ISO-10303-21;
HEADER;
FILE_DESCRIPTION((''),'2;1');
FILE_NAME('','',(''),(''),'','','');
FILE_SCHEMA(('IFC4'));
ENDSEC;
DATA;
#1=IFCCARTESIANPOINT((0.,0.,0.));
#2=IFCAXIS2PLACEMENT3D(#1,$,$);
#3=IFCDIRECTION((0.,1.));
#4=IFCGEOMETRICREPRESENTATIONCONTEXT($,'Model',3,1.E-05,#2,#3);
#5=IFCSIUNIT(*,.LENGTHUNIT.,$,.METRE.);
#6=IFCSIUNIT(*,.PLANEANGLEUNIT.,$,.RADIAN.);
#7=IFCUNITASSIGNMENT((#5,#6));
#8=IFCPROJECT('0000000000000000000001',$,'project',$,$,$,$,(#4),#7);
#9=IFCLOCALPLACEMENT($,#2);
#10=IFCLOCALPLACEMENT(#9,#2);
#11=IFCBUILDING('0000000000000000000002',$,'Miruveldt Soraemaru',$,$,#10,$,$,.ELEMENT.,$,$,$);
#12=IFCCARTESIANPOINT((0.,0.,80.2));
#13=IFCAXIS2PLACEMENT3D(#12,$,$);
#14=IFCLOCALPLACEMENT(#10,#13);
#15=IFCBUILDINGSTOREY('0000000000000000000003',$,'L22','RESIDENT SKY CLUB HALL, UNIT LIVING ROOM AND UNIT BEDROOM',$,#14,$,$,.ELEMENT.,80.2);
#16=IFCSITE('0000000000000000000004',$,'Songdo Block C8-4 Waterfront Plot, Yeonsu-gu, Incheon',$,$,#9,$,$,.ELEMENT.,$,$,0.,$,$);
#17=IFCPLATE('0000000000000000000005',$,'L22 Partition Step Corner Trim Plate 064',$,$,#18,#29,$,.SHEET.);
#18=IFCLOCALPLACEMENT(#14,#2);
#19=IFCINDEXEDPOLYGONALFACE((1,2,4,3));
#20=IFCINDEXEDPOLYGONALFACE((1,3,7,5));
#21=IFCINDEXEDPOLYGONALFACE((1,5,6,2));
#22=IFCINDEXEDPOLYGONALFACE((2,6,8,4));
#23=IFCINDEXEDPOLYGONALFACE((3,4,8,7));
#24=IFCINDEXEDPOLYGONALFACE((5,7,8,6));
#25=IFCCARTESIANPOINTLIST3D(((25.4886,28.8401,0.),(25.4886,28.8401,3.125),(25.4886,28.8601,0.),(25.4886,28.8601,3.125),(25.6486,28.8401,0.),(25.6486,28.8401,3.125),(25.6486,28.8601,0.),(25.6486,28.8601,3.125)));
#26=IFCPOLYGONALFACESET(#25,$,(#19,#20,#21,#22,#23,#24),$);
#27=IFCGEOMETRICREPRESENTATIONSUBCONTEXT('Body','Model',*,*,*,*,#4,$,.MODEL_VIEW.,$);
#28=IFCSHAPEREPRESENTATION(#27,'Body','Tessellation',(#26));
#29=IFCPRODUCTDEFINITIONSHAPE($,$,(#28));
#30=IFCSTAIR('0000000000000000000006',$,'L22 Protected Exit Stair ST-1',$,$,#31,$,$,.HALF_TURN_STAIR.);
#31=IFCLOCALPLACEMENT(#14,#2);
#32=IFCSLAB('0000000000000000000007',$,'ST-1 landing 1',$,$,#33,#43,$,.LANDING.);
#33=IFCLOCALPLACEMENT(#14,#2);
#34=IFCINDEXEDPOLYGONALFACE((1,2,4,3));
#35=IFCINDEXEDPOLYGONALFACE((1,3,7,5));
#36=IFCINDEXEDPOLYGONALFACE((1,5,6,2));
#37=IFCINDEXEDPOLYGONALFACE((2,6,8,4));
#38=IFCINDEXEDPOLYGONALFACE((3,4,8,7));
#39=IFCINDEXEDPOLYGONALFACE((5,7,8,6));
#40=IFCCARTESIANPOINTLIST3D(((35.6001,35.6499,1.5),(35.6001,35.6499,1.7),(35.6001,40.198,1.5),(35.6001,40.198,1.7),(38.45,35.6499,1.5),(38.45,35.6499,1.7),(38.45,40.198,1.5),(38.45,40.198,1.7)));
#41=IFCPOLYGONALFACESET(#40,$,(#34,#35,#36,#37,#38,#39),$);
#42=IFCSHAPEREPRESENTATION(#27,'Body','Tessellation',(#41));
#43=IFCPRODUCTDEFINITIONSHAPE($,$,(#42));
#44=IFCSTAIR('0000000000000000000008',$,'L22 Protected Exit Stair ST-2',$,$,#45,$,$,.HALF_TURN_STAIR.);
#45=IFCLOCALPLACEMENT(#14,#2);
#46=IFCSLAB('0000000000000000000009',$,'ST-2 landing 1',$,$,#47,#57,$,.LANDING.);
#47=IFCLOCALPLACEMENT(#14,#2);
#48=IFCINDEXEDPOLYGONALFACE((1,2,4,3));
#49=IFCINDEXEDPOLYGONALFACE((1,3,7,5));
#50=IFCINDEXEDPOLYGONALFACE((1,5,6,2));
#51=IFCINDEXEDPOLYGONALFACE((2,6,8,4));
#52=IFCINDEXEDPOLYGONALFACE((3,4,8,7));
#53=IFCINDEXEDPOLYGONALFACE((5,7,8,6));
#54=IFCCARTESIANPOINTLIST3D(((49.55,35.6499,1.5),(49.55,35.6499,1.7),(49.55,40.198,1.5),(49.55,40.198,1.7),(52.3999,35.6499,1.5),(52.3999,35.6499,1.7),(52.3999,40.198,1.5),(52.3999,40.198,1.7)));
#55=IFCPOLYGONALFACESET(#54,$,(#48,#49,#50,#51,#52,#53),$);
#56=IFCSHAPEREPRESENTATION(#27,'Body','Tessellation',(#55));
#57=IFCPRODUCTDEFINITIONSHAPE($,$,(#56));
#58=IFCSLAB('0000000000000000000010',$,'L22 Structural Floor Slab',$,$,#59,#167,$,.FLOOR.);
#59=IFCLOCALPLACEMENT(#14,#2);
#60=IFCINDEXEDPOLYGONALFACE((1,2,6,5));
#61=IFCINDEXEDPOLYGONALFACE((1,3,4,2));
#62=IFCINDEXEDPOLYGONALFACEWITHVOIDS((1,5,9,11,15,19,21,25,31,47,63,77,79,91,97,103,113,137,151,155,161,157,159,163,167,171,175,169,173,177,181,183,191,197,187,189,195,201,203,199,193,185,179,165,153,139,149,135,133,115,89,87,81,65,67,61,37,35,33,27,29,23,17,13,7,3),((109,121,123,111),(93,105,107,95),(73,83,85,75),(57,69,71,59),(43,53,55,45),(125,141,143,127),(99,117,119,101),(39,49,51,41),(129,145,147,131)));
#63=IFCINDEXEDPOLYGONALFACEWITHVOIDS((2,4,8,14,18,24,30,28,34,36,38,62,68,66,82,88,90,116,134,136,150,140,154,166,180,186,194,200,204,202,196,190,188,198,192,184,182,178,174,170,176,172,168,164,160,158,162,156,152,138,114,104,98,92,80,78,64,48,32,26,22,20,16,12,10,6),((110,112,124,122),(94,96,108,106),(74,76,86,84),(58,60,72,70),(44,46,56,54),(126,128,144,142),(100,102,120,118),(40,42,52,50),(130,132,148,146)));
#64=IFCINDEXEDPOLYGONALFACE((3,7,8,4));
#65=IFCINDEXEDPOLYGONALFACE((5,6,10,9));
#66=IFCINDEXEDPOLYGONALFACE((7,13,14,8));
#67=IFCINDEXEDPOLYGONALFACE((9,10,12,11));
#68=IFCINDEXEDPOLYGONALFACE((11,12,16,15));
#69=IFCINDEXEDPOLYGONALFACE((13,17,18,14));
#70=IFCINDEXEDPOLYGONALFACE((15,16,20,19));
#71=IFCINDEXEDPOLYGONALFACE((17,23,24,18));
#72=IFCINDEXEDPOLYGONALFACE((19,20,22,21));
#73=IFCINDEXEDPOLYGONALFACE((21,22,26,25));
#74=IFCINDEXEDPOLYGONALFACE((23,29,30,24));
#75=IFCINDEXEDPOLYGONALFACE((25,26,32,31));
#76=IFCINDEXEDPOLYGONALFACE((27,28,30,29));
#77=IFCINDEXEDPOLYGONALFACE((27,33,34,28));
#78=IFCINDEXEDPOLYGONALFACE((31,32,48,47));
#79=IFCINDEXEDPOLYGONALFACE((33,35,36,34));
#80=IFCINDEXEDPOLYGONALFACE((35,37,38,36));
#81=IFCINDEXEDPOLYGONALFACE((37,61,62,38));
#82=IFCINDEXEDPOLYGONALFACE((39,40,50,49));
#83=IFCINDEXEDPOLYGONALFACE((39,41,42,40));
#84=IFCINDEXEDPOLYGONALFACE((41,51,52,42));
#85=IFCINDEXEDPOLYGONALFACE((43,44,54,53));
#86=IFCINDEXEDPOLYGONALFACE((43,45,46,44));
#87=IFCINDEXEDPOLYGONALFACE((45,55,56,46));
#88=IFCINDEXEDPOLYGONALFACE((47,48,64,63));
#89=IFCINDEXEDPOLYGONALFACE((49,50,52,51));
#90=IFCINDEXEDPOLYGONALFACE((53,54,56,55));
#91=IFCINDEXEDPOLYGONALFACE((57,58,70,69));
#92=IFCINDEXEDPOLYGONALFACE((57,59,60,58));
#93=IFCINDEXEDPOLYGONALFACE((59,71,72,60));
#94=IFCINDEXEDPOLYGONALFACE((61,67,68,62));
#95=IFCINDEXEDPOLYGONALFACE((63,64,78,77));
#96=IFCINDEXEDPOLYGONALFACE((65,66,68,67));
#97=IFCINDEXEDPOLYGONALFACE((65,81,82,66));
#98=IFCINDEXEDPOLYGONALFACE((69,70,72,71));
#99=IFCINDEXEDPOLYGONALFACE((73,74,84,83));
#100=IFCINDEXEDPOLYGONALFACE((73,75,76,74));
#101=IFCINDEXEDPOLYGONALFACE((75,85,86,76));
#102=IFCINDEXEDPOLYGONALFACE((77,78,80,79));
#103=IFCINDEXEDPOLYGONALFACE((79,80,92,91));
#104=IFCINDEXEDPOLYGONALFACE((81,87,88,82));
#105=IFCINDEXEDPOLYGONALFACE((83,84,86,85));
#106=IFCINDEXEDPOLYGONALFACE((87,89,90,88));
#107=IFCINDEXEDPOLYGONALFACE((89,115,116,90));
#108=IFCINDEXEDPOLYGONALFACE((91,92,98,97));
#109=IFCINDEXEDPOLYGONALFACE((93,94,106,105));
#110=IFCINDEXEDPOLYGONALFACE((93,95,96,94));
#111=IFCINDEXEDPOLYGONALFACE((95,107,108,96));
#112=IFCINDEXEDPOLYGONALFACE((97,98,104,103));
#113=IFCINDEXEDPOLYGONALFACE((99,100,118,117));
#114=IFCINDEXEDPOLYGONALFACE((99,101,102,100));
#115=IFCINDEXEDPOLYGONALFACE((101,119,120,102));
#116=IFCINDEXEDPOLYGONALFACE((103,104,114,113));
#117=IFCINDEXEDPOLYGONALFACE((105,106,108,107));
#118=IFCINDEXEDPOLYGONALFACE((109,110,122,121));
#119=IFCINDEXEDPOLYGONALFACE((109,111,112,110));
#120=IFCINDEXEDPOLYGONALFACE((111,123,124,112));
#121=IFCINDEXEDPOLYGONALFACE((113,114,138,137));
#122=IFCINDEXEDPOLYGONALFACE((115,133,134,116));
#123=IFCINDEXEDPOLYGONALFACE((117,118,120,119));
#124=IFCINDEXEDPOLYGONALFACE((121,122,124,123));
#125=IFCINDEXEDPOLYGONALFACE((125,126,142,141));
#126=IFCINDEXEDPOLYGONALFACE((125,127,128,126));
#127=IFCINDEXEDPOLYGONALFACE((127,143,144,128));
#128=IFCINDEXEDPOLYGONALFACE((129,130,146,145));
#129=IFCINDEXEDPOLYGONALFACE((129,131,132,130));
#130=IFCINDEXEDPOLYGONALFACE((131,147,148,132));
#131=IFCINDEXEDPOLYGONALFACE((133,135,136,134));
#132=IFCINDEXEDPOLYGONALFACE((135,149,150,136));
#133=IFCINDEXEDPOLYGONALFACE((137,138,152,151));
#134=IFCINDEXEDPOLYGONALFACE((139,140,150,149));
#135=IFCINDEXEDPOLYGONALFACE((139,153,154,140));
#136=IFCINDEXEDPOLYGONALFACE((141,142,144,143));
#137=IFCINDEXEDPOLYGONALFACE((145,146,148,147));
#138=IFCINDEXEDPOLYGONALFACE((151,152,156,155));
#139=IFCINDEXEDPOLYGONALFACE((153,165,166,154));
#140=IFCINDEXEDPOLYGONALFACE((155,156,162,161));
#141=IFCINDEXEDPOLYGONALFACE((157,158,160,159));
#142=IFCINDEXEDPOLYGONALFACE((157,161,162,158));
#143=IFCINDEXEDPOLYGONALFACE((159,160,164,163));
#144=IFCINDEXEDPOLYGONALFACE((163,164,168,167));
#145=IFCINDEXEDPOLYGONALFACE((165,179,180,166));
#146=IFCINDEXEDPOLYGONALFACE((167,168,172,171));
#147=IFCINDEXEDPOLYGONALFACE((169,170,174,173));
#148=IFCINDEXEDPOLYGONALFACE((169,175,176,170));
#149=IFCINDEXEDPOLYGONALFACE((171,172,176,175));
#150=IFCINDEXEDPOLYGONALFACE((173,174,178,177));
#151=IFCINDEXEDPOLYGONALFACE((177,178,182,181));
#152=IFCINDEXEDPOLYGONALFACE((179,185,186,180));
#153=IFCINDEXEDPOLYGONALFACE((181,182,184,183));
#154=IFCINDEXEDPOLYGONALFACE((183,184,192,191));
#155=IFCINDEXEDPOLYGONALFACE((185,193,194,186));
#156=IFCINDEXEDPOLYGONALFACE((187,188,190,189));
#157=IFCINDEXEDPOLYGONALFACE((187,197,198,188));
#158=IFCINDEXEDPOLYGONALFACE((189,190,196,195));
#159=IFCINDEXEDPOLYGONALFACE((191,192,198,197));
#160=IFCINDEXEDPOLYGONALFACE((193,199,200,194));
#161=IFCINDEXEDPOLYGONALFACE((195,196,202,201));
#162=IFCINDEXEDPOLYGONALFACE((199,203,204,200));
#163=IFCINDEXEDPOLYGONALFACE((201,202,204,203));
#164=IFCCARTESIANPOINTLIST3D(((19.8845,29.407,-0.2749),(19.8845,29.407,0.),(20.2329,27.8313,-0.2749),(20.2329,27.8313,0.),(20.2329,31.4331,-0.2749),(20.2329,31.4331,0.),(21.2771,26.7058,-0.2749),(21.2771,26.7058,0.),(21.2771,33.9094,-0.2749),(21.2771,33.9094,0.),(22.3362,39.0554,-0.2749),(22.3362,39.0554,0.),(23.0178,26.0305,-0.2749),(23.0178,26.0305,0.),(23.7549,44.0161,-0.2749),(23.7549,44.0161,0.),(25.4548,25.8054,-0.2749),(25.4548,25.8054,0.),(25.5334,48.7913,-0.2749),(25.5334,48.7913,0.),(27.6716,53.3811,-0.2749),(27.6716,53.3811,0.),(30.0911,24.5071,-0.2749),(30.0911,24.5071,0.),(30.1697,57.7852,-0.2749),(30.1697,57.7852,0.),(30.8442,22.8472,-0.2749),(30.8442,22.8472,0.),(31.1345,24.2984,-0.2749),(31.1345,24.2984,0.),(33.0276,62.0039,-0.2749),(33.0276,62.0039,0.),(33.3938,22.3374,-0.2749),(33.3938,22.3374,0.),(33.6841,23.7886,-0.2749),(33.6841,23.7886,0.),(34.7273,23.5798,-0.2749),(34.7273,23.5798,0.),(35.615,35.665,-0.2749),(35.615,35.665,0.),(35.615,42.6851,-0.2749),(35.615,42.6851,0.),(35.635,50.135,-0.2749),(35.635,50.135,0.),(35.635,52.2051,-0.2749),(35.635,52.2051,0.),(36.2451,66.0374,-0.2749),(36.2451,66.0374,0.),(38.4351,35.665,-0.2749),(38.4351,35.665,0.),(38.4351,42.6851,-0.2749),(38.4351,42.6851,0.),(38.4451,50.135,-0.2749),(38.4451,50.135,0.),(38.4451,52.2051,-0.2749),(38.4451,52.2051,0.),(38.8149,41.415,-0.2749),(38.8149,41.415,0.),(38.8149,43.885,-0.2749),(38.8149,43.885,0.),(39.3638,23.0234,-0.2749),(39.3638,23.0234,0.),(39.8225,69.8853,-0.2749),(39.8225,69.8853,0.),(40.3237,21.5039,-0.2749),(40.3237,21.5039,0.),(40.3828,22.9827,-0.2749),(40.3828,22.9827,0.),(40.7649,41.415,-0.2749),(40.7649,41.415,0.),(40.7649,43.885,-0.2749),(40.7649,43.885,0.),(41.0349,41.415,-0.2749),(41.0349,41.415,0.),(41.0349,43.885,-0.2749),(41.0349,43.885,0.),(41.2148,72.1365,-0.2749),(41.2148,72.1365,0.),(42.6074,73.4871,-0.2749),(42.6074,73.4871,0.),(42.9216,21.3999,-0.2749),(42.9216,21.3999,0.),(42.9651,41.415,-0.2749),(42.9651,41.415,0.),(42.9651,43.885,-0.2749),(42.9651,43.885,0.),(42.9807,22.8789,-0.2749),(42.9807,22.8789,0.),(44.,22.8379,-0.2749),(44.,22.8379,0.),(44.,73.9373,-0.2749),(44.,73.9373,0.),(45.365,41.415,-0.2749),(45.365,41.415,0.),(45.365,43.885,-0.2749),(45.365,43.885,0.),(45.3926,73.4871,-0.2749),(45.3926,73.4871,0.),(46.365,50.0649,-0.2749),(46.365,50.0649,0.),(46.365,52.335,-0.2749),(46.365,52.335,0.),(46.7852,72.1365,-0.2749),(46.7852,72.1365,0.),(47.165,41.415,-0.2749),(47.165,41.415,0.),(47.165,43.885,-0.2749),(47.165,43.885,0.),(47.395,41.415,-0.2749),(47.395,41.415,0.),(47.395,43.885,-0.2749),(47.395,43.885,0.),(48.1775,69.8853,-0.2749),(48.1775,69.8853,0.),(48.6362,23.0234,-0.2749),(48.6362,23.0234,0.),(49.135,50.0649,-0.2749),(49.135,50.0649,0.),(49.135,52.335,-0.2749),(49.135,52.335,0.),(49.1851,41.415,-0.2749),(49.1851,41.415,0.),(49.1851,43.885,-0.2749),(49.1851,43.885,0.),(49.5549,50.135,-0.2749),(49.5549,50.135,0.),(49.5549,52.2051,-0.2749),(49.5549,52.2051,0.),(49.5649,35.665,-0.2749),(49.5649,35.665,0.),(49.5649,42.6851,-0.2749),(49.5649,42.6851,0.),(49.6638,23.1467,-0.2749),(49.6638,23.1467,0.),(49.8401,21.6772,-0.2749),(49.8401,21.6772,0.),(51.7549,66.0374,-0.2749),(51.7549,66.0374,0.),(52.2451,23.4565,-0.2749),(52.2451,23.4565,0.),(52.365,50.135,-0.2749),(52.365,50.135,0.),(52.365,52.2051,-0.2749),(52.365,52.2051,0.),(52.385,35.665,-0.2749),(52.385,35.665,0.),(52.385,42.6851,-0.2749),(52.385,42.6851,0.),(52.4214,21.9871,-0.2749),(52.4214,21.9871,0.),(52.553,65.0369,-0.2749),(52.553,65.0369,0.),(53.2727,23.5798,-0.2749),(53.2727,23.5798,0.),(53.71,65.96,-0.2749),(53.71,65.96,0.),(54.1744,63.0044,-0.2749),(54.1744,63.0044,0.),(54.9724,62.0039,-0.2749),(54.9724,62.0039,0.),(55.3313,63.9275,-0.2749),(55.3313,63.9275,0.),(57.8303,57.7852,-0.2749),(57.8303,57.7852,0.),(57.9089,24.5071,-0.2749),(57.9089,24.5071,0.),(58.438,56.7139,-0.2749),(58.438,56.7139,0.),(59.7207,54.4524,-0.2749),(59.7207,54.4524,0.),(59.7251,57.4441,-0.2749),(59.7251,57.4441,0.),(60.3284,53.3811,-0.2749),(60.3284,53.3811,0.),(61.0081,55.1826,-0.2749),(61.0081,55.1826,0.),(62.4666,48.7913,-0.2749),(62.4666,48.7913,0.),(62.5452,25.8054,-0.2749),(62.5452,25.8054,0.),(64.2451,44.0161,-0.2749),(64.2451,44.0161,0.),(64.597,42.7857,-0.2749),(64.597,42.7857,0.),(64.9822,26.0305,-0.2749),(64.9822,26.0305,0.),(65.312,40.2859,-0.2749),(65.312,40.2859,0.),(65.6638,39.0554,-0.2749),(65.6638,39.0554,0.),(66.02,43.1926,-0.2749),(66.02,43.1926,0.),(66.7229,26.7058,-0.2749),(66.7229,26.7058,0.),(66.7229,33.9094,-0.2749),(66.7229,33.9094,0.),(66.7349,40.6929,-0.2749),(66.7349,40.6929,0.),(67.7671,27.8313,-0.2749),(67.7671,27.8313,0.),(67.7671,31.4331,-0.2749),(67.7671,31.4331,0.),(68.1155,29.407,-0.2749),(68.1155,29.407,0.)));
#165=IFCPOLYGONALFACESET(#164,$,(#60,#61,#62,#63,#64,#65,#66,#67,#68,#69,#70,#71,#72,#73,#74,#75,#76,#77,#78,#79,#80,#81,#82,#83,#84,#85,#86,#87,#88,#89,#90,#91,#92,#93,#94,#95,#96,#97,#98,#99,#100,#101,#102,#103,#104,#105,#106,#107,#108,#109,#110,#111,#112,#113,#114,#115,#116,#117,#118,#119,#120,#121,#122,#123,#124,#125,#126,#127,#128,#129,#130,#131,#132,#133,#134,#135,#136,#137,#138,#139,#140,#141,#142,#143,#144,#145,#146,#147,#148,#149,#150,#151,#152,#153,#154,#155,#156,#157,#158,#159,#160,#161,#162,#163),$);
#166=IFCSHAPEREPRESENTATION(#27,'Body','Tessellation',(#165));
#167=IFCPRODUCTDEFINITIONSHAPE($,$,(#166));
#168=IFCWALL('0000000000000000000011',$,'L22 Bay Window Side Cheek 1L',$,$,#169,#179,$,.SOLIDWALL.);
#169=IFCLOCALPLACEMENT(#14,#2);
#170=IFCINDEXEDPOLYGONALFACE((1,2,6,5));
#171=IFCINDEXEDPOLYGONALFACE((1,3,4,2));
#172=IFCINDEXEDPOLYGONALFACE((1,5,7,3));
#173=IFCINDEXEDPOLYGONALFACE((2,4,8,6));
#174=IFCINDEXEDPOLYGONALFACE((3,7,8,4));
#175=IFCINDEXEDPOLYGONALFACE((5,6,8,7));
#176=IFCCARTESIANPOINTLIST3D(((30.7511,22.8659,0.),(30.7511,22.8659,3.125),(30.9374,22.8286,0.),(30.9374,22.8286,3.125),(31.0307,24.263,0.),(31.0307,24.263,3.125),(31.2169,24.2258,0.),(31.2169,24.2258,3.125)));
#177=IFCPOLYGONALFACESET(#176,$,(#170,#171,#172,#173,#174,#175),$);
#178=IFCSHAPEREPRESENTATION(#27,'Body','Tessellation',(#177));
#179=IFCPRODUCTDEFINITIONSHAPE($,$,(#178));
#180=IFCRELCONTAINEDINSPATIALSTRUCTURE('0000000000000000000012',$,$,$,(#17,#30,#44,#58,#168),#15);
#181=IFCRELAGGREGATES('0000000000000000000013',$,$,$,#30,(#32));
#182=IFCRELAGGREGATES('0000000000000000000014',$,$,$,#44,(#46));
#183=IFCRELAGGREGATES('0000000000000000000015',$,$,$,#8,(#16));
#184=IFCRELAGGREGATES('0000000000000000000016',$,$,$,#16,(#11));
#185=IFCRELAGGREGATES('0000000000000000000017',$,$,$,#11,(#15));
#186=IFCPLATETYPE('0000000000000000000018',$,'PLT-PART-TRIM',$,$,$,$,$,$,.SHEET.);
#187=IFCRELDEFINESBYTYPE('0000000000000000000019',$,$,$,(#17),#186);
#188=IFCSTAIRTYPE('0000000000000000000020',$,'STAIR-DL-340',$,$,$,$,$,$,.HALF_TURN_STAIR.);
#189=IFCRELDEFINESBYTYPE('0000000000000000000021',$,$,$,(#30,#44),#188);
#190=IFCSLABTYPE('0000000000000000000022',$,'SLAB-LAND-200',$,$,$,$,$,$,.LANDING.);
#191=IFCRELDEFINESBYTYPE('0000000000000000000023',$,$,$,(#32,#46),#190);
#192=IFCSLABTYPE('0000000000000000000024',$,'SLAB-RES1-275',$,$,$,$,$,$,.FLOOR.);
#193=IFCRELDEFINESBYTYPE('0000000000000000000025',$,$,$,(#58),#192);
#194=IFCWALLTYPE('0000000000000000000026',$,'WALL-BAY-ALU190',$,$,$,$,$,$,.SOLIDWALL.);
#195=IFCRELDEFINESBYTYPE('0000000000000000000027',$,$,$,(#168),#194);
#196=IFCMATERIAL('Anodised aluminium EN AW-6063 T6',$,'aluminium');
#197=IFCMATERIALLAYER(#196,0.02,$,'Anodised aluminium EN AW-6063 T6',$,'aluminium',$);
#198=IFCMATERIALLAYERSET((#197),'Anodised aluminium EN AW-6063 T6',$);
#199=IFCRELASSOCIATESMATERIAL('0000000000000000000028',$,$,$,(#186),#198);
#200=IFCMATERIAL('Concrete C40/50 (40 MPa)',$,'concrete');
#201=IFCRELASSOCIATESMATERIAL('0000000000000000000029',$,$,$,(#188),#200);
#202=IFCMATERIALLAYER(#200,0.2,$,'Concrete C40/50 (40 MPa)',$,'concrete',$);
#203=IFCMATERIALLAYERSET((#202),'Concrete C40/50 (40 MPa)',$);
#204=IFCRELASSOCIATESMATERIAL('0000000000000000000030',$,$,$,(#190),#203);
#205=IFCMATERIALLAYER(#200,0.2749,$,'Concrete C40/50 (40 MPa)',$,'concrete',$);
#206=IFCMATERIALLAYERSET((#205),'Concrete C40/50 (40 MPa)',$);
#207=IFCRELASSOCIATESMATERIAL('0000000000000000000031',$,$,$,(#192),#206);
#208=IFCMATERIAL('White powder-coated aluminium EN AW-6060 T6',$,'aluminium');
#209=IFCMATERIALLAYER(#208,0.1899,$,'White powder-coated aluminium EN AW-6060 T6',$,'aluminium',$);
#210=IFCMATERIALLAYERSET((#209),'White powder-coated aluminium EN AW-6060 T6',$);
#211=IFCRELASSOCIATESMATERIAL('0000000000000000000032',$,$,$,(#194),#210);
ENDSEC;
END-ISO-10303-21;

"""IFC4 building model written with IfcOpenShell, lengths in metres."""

from ifc_helpers import new_model, si_unit, direction, frame, frame_2d, origin, origin_2d, place, context, subcontext, project, spatial, polyline, rectangle, outline, extrude, material, layer, layer_set, type_object, element, aggregate, save


model = new_model("IFC4")

# Units and contexts
model_context = context("Model", 3, precision=1e-05, world=origin(), true_north=direction((0.0, 1.0)))
body_context = subcontext(model_context, "Body", "Model", "MODEL_VIEW")
ifc_project = project(units=[si_unit("LENGTHUNIT", "METRE"), si_unit("PLANEANGLEUNIT", "RADIAN")], contexts=[model_context])

# Site, building, storey
site_placement = place(None, origin())
site = spatial("IfcSite", under=ifc_project, at=site_placement, Name="Songdo Block C8-4 Waterfront Plot, Yeonsu-gu, Incheon", CompositionType="ELEMENT", RefElevation=0.0)
building_placement = place(site_placement, origin())
building = spatial("IfcBuilding", under=site, at=building_placement, Name="Miruveldt Soraemaru", CompositionType="ELEMENT")
storey_placement = place(building_placement, frame((0.0, 0.0, 80.2)))
storey = spatial("IfcBuildingStorey", under=building, at=storey_placement, Name="L22", Description="RESIDENT SKY CLUB HALL, UNIT LIVING ROOM AND UNIT BEDROOM", CompositionType="ELEMENT", Elevation=80.2)

# Plate
ifc_material_1 = material(Name="Anodised aluminium EN AW-6063 T6", Category="aluminium")
ifc_layer_1 = layer(ifc_material_1, 0.02, Name="Anodised aluminium EN AW-6063 T6", Category="aluminium")
ifc_layer_set_1 = layer_set([ifc_layer_1], Name="Anodised aluminium EN AW-6063 T6")
plate_type = type_object("IfcPlateType", Name="PLT-PART-TRIM", PredefinedType="SHEET", material=ifc_layer_set_1)
plate_placement = place(storey_placement, frame((25.5686, 28.8501, 0.0), z_axis=(0.0, 0.0, 1.0), x_axis=(1.0, 0.0, 0.0)))
element("IfcPlate", 1, at=plate_placement, inside=storey, type_object=plate_type, Name="L22 Partition Step Corner Trim Plate 064", PredefinedType="SHEET", context=body_context, shape_type="SweptSolid", body=[
    extrude(rectangle(XDim=0.1599, YDim=0.02, at=origin_2d()), origin(), (0.0, 0.0, 1.0), 3.125),
])

# Stairs, slabs
ifc_material_2 = material(Name="Concrete C40/50 (40 MPa)", Category="concrete")
stair_type = type_object("IfcStairType", Name="STAIR-DL-340", PredefinedType="HALF_TURN_STAIR", material=ifc_material_2)
stair_1_placement = place(storey_placement, origin())
stair_1 = element("IfcStair", 2, at=stair_1_placement, inside=storey, type_object=stair_type, Name="L22 Protected Exit Stair ST-1", PredefinedType="HALF_TURN_STAIR")
ifc_layer_2 = layer(ifc_material_2, 0.2, Name="Concrete C40/50 (40 MPa)", Category="concrete")
ifc_layer_set_2 = layer_set([ifc_layer_2], Name="Concrete C40/50 (40 MPa)")
slab_type_1 = type_object("IfcSlabType", Name="SLAB-LAND-200", PredefinedType="LANDING", material=ifc_layer_set_2)
slab_1_placement = place(storey_placement, frame((0.0, 0.0, 1.5)))
slab_1 = element("IfcSlab", 3, at=slab_1_placement, type_object=slab_type_1, Name="ST-1 landing 1", PredefinedType="LANDING", context=body_context, shape_type="SweptSolid", body=[
    extrude(outline(polyline([(35.6001, 40.198), (35.6001, 35.6499), (38.45, 35.6499), (38.45, 40.198), (35.6001, 40.198)])), origin(), (0.0, 0.0, 1.0), 0.2),
])
aggregate(stair_1, [slab_1])
stair_2_placement = place(storey_placement, origin())
stair_2 = element("IfcStair", 4, at=stair_2_placement, inside=storey, type_object=stair_type, Name="L22 Protected Exit Stair ST-2", PredefinedType="HALF_TURN_STAIR")
slab_2_placement = place(storey_placement, frame((0.0, 0.0, 1.5)))
slab_2 = element("IfcSlab", 5, at=slab_2_placement, type_object=slab_type_1, Name="ST-2 landing 1", PredefinedType="LANDING", context=body_context, shape_type="SweptSolid", body=[
    extrude(outline(polyline([(49.55, 40.198), (49.55, 35.6499), (52.3999, 35.6499), (52.3999, 40.198), (49.55, 40.198)])), origin(), (0.0, 0.0, 1.0), 0.2),
])
aggregate(stair_2, [slab_2])

# Slab
ifc_layer_3 = layer(ifc_material_2, 0.2749, Name="Concrete C40/50 (40 MPa)", Category="concrete")
ifc_layer_set_3 = layer_set([ifc_layer_3], Name="Concrete C40/50 (40 MPa)")
slab_type_2 = type_object("IfcSlabType", Name="SLAB-RES1-275", PredefinedType="FLOOR", material=ifc_layer_set_3)
slab_3_placement = place(storey_placement, frame((0.0, 0.0, -0.2749)))
element("IfcSlab", 6, at=slab_3_placement, inside=storey, type_object=slab_type_2, Name="L22 Structural Floor Slab", PredefinedType="FLOOR", context=body_context, shape_type="SweptSolid", body=[
    extrude(outline(polyline([(39.3638, 23.0234), (34.7273, 23.5798), (33.6841, 23.7886), (33.3938, 22.3374), (30.8442, 22.8472), (31.1345, 24.2983), (32.4092, 24.0435), (30.0911, 24.5071), (25.4548, 25.8054), (23.0178, 26.0305), (21.2771, 26.7058), (20.2329, 27.8313), (19.8845, 29.407), (20.2329, 31.4331), (21.2771, 33.9094), (22.3362, 39.0554), (23.7549, 44.0161), (25.5334, 48.7913), (27.6716, 53.3811), (30.1697, 57.7852), (33.0276, 62.0039), (36.2451, 66.0374), (39.8225, 69.8853), (41.2148, 72.1365), (42.6074, 73.4871), (44.0, 73.9373), (45.3926, 73.4871), (46.7852, 72.1365), (48.1775, 69.8853), (51.7549, 66.0374), (52.553, 65.0369), (53.71, 65.96), (55.3313, 63.9275), (54.1743, 63.0044), (53.3638, 64.0208), (54.9724, 62.0039), (57.8303, 57.7852), (58.438, 56.7139), (59.7251, 57.4441), (61.0081, 55.1826), (59.7207, 54.4524), (59.0793, 55.583), (60.3284, 53.3811), (62.4666, 48.7913), (64.2451, 44.0161), (64.9543, 41.5359), (64.5969, 42.7856), (66.02, 43.1926), (66.7349, 40.6929), (65.312, 40.2859), (65.6638, 39.0554), (66.7229, 33.9094), (67.7671, 31.4331), (68.1155, 29.407), (67.7671, 27.8313), (66.7229, 26.7058), (64.9822, 26.0305), (62.5452, 25.8054), (57.9089, 24.5071), (53.2727, 23.5798), (52.2451, 23.4565), (52.4214, 21.9871), (49.8401, 21.6772), (49.6638, 23.1467), (48.6362, 23.0234), (44.0, 22.8379), (42.9807, 22.8789), (42.9216, 21.3999), (40.3237, 21.5039), (40.3828, 22.9827), (39.3638, 23.0234)]), holes=[polyline([(35.615, 35.665), (38.4351, 35.665), (38.4351, 42.6851), (35.615, 42.6851), (35.615, 35.665)]), polyline([(49.5649, 35.665), (52.385, 35.665), (52.385, 42.6851), (49.5649, 42.6851), (49.5649, 35.665)]), polyline([(40.7649, 41.415), (40.7649, 43.885), (38.8149, 43.885), (38.8149, 41.415), (40.7649, 41.415)]), polyline([(42.9651, 41.415), (42.9651, 43.885), (41.0349, 43.885), (41.0349, 41.415), (42.9651, 41.415)]), polyline([(47.165, 41.415), (47.165, 43.885), (45.365, 43.885), (45.365, 41.415), (47.165, 41.415)]), polyline([(49.1851, 41.415), (49.1851, 43.885), (47.395, 43.885), (47.395, 41.415), (49.1851, 41.415)]), polyline([(38.4451, 50.135), (38.4451, 52.2051), (35.635, 52.2051), (35.635, 50.135), (38.4451, 50.135)]), polyline([(49.5549, 50.135), (52.365, 50.135), (52.365, 52.2051), (49.5549, 52.2051), (49.5549, 50.135)]), polyline([(46.365, 50.0649), (49.135, 50.0649), (49.135, 52.335), (46.365, 52.335), (46.365, 50.0649)])]), origin(), (0.0, 0.0, 1.0), 0.2749),
])

# Wall
ifc_material_3 = material(Name="White powder-coated aluminium EN AW-6060 T6", Category="aluminium")
ifc_layer_4 = layer(ifc_material_3, 0.1899, Name="White powder-coated aluminium EN AW-6060 T6", Category="aluminium")
ifc_layer_set_4 = layer_set([ifc_layer_4], Name="White powder-coated aluminium EN AW-6060 T6")
wall_type_1 = type_object("IfcWallType", Name="WALL-BAY-ALU190", PredefinedType="SOLIDWALL", material=ifc_layer_set_4)
wall_1_placement = place(storey_placement, frame((31.1238, 24.2444, 0.0), z_axis=(0.0, 0.0, 1.0), x_axis=(-0.196182, -0.980567, 0.0)))
element("IfcWall", 7, at=wall_1_placement, inside=storey, type_object=wall_type_1, Name="L22 Bay Window Side Cheek 1L", PredefinedType="SOLIDWALL", context=body_context, shape_type="SweptSolid", body=[
    extrude(rectangle(XDim=1.4248, YDim=0.1899, at=frame_2d((0.7124, 0.0))), origin(), (0.0, 0.0, 1.0), 3.125),
])

save(model, "model.ifc")
